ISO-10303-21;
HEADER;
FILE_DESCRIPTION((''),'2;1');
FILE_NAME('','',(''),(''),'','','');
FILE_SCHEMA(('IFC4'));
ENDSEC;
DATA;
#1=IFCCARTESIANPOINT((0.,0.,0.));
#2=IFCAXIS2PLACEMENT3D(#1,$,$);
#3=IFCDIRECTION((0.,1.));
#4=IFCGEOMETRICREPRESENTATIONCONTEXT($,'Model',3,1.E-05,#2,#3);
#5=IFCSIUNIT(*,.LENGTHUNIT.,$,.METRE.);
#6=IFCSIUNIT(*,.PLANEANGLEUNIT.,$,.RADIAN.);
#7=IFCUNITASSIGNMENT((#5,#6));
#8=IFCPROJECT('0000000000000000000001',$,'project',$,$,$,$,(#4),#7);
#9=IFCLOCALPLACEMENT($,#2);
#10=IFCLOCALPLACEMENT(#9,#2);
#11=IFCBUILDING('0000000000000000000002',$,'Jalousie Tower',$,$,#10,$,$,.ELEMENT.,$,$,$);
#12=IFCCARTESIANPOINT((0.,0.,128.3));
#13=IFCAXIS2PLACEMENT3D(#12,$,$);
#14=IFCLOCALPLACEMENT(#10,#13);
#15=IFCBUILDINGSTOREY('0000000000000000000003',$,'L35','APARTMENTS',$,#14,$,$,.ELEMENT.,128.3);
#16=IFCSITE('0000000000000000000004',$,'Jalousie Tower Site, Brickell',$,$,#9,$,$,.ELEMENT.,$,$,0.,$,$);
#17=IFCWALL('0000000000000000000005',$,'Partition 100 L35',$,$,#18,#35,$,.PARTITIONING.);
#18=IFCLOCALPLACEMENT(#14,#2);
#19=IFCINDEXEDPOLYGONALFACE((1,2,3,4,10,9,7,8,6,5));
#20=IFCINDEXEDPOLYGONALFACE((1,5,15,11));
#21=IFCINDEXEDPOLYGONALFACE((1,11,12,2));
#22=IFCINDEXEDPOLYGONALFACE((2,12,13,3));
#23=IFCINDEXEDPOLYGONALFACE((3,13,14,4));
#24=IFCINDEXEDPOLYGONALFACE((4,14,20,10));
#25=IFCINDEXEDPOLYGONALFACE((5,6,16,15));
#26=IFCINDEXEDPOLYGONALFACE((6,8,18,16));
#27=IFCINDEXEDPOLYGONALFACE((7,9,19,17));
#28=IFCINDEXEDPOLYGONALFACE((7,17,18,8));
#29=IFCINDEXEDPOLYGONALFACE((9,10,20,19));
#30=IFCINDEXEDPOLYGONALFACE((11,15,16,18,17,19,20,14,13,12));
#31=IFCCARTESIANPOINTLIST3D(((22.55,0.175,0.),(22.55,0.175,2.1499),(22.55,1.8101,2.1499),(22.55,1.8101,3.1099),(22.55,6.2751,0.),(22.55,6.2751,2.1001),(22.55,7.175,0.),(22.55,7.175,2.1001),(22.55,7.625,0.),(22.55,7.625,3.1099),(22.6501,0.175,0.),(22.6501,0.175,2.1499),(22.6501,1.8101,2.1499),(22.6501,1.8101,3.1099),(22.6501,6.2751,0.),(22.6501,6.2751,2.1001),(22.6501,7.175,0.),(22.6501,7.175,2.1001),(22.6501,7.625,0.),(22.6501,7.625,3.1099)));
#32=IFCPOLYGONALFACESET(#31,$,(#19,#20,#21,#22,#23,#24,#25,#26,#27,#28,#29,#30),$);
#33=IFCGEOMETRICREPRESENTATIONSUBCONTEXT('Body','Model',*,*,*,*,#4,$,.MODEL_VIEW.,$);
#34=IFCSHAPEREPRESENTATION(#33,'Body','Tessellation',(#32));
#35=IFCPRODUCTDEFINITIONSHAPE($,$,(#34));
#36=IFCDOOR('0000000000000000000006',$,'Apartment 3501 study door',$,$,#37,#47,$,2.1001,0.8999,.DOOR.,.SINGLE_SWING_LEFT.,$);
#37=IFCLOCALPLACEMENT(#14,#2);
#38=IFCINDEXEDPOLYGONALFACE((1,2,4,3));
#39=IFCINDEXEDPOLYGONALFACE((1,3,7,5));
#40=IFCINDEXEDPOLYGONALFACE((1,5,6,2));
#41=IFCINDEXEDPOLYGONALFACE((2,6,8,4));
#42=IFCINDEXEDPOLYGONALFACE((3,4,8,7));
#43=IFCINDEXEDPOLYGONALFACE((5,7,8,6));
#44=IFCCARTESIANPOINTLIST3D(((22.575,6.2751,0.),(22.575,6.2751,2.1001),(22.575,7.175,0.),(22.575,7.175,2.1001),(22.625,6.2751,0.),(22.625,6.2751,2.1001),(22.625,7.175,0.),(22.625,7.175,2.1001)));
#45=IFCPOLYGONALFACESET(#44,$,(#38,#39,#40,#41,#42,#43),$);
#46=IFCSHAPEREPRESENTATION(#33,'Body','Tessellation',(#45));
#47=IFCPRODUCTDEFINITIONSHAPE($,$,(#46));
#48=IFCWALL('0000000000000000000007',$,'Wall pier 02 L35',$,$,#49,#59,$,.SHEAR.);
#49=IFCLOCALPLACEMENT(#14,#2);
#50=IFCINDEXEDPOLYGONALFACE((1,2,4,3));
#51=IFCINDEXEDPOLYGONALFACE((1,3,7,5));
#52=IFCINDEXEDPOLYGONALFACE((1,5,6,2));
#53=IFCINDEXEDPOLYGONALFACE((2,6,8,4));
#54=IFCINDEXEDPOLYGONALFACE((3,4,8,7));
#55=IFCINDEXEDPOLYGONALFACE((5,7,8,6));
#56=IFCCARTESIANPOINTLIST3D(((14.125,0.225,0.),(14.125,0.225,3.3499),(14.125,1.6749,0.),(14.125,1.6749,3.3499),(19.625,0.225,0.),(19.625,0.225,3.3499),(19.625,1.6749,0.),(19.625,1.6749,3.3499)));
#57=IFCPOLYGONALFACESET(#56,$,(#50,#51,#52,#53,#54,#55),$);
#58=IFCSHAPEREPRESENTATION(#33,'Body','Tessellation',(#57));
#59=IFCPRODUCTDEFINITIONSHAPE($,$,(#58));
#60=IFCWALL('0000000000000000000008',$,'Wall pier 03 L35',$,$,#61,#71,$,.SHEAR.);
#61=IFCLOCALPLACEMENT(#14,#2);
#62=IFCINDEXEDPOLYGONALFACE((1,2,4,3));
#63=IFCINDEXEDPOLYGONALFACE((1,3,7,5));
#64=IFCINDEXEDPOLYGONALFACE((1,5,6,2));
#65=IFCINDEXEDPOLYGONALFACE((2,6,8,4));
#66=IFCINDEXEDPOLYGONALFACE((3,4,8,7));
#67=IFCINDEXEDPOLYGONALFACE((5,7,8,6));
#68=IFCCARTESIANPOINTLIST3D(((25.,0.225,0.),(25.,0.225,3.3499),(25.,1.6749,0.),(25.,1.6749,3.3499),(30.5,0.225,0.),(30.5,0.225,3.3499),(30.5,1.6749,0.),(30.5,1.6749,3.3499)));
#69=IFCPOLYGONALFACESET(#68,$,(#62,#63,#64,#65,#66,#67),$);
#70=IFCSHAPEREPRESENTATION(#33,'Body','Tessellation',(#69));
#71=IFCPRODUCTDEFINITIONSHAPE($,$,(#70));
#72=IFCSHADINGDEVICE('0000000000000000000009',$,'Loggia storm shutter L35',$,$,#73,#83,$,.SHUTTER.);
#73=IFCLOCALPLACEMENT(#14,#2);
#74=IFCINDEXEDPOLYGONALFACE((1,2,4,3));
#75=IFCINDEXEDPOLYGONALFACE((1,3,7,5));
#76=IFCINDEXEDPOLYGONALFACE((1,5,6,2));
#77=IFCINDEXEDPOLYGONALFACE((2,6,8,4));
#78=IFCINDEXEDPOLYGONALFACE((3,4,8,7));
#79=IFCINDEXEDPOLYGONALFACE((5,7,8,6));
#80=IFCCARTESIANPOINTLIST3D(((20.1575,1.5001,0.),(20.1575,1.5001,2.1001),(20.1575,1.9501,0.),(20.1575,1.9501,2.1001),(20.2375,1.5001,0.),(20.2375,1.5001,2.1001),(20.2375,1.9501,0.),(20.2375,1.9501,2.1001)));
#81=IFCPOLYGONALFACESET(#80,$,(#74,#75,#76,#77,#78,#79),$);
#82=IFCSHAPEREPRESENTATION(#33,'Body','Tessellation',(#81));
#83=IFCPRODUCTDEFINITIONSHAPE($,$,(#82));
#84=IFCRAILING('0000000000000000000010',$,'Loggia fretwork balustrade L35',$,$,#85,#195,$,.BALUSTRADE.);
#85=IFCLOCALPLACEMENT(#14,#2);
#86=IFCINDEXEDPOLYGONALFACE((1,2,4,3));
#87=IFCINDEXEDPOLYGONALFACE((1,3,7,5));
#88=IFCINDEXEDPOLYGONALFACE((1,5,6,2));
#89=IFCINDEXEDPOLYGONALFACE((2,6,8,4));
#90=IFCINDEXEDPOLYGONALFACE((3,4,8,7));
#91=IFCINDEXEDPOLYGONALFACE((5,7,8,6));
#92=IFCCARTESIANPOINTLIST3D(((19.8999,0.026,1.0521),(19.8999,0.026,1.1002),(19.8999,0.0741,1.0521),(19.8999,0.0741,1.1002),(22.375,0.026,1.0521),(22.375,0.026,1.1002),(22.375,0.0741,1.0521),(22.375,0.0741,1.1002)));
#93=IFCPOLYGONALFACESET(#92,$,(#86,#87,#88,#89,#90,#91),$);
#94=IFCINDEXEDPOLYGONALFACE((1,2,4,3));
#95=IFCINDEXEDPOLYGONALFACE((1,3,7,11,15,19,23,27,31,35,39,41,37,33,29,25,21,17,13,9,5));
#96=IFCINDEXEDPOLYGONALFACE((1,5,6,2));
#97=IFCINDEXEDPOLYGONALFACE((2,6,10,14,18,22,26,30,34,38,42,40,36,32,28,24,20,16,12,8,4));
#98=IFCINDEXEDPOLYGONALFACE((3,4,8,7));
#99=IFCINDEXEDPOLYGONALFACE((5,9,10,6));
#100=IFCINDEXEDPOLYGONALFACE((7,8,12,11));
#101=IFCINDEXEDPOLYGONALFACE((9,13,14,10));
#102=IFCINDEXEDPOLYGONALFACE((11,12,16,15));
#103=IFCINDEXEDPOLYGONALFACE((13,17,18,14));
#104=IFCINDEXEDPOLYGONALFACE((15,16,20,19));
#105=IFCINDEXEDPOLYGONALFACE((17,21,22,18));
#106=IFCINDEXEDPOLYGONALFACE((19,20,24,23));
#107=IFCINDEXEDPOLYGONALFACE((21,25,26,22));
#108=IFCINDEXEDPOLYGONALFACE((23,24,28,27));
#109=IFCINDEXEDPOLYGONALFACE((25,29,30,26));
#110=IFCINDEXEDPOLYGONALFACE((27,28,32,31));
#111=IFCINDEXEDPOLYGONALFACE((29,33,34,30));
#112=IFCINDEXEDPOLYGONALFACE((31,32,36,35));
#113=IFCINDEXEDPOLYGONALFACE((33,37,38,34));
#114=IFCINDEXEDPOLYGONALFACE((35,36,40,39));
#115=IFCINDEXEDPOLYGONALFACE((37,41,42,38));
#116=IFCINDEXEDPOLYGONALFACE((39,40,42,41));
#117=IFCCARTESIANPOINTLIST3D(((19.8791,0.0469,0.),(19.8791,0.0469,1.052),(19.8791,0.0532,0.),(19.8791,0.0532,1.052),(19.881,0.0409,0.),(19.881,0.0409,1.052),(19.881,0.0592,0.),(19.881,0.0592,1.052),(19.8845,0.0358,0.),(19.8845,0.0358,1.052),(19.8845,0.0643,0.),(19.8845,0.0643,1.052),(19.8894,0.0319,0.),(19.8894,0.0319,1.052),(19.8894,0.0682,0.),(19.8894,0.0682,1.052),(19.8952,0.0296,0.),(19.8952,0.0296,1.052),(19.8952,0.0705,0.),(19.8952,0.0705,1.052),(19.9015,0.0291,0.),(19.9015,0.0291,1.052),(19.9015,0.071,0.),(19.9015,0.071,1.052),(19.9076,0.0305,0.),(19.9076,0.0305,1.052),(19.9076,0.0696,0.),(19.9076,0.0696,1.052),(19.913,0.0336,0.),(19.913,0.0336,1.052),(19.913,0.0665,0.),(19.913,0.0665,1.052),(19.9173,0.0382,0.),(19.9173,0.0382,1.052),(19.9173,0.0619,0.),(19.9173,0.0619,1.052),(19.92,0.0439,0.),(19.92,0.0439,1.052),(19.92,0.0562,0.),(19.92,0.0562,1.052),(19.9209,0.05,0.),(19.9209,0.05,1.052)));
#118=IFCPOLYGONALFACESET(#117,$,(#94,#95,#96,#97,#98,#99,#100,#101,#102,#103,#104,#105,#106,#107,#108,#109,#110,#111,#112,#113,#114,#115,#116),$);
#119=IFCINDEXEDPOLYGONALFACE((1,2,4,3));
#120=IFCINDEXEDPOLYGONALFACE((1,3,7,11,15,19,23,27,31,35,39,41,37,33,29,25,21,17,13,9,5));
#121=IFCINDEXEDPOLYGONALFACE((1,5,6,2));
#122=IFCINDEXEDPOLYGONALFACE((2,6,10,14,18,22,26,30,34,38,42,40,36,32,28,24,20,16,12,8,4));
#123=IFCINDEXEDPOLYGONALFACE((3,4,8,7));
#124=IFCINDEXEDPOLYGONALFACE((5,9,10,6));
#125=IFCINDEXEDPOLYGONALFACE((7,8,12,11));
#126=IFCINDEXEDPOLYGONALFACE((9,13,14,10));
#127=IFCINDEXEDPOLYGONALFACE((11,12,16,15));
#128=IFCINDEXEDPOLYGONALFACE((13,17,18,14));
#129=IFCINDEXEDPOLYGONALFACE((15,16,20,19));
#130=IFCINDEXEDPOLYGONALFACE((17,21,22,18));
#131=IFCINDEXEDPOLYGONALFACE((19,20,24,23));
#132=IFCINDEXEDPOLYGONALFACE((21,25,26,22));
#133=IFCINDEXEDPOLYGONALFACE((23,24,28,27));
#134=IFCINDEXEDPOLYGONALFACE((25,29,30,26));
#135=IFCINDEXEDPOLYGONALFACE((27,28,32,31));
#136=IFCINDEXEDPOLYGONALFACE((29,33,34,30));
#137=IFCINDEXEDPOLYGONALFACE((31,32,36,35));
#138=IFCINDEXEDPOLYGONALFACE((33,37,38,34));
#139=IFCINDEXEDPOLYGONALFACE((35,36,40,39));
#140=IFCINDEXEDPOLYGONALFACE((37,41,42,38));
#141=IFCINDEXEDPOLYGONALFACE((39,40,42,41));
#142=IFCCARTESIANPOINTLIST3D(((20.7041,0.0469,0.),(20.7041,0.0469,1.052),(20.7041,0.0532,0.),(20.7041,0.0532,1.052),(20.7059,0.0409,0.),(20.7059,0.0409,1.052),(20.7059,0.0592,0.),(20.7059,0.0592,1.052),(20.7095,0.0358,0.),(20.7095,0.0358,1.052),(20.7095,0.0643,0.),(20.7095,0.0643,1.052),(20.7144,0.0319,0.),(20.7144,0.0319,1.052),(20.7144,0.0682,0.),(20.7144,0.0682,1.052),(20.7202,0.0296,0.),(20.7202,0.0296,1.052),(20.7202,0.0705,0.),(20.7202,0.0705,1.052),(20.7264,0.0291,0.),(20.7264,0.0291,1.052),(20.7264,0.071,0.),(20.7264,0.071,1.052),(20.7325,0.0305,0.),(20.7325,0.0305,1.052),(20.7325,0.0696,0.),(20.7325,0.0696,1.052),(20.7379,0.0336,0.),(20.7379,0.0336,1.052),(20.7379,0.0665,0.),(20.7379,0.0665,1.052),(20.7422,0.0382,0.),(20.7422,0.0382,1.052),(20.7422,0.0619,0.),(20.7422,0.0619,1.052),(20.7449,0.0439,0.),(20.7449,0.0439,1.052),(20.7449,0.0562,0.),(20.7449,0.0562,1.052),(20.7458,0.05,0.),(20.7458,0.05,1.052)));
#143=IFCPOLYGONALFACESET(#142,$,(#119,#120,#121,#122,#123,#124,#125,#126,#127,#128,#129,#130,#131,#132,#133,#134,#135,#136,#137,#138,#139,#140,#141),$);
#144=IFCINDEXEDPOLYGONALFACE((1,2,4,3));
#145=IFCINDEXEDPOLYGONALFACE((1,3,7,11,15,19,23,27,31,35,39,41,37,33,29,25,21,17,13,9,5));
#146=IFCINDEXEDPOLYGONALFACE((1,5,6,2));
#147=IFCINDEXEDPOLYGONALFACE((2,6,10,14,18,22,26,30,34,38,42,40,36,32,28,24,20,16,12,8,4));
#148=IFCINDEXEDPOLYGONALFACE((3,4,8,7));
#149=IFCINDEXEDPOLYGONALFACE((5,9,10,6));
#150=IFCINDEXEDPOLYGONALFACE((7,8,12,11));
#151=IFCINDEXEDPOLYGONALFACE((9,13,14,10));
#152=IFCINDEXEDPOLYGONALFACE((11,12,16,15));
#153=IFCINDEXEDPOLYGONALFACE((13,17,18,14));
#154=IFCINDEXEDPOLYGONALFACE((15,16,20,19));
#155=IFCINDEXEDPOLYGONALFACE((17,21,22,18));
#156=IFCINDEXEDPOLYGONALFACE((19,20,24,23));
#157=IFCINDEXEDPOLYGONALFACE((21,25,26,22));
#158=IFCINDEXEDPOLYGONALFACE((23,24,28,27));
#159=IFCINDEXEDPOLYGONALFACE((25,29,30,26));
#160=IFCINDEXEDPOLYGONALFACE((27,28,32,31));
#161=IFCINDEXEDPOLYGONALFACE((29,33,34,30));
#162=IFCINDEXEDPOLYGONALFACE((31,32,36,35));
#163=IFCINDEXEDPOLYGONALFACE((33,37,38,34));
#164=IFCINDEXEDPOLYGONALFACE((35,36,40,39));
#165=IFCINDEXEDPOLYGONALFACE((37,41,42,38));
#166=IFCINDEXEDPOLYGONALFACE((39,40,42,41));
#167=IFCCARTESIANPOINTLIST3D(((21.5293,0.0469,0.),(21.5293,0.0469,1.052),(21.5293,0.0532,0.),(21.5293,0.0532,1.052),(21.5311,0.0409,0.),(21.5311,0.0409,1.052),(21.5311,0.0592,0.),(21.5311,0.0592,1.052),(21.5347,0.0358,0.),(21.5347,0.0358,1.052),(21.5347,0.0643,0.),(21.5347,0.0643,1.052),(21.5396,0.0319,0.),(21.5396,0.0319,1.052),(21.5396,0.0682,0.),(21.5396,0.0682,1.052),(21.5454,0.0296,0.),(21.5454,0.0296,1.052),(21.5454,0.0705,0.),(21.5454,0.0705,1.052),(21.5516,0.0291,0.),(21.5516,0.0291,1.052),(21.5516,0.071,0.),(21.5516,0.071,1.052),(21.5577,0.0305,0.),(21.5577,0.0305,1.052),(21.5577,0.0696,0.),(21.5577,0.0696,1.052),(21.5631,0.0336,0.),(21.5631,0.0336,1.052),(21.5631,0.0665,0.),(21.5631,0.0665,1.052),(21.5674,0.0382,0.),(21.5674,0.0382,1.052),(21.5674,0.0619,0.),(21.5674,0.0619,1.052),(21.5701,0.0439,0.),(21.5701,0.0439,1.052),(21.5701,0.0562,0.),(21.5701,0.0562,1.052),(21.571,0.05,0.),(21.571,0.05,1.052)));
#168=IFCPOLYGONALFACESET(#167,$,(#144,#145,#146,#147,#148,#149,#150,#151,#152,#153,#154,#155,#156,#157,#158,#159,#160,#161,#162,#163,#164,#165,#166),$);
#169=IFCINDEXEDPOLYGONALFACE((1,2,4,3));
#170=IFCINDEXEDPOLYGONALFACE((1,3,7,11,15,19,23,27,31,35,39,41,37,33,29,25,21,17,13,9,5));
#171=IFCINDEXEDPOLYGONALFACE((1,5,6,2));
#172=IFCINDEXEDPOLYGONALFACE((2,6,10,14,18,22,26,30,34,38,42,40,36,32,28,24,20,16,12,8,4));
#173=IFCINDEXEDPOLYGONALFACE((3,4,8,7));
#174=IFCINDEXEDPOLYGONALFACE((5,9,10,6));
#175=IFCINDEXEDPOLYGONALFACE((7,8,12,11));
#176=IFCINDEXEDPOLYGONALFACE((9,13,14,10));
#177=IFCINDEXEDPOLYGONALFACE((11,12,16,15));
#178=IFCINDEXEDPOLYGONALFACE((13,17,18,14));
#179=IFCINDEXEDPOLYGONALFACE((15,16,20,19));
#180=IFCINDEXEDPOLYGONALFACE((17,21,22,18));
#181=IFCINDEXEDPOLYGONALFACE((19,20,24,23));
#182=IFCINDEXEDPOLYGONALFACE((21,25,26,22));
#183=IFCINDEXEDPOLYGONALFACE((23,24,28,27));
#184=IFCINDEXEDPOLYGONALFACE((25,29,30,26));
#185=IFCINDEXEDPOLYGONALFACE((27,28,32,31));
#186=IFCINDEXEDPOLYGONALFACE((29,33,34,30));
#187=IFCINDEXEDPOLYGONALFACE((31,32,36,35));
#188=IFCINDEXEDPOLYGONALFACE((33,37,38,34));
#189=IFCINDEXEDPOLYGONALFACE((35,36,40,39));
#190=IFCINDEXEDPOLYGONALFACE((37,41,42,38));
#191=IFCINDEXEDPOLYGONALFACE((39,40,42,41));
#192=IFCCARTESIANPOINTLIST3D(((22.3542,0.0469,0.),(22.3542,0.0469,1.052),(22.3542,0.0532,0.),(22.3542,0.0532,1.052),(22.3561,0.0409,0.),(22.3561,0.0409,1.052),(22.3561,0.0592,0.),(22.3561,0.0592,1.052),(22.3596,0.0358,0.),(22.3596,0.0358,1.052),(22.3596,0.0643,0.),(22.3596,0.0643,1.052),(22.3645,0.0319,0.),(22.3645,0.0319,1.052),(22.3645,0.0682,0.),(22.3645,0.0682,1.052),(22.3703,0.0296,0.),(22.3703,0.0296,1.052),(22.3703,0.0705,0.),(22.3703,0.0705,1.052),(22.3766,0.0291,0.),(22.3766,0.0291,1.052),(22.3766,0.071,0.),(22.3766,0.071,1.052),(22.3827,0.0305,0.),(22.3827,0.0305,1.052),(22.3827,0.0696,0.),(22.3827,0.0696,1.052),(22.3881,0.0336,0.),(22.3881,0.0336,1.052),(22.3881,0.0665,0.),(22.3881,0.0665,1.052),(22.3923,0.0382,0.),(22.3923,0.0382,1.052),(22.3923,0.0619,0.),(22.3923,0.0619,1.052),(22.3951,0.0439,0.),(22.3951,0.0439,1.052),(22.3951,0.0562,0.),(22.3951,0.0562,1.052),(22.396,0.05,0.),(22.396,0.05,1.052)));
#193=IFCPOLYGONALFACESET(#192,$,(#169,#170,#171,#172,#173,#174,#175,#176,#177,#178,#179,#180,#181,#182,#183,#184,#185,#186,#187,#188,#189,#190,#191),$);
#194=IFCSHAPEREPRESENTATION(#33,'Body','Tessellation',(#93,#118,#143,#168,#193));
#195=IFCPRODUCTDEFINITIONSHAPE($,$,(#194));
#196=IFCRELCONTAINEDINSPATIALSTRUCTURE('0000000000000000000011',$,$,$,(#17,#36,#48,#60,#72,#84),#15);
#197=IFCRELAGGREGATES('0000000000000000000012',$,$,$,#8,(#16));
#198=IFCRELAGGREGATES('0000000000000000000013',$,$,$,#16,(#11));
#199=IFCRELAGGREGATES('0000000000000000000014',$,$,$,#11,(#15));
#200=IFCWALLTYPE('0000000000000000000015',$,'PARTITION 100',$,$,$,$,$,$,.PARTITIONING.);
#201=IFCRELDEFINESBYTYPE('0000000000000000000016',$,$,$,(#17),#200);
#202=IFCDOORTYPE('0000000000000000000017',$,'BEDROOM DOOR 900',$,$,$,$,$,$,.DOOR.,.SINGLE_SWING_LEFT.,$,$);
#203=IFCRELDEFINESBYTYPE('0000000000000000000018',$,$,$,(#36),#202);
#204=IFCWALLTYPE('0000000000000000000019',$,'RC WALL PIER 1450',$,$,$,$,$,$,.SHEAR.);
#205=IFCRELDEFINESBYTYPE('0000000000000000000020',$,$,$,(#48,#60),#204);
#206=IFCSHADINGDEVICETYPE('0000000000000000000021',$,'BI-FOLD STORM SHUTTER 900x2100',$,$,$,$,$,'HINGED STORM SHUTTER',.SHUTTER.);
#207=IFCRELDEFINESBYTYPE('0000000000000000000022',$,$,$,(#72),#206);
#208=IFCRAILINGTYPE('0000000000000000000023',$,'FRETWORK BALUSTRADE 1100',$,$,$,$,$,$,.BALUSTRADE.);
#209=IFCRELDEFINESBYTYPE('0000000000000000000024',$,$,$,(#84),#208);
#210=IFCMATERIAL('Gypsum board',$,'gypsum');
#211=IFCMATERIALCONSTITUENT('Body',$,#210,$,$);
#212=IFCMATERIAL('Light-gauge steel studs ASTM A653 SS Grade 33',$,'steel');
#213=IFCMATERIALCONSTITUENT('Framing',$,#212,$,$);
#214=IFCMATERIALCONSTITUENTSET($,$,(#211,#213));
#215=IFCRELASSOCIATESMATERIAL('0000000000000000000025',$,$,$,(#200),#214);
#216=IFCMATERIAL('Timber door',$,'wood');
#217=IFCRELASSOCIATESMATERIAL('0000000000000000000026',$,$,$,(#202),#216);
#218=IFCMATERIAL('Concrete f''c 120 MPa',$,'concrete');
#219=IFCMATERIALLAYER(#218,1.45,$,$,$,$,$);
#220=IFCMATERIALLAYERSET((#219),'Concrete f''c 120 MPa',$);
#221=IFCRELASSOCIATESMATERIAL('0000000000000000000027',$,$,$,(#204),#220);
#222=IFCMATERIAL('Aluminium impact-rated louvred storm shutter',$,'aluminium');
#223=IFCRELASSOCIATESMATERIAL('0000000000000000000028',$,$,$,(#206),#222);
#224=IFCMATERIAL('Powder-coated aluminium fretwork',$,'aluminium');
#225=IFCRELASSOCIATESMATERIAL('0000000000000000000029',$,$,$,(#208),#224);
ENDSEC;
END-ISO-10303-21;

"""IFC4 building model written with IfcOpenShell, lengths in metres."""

from ifc_helpers import new_model, si_unit, direction, frame, frame_2d, origin, origin_2d, place, context, subcontext, project, spatial, polyline, rectangle, circle, outline, extrude, material, layer, layer_set, constituent, constituent_set, type_object, element, fill, save


model = new_model("IFC4")

# Units and contexts
model_context = context("Model", 3, precision=1e-05, world=origin(), true_north=direction((0.0, 1.0)))
body_context = subcontext(model_context, "Body", "Model", "MODEL_VIEW")
ifc_project = project(units=[si_unit("LENGTHUNIT", "METRE"), si_unit("PLANEANGLEUNIT", "RADIAN")], contexts=[model_context])

# Site, building, storey
site_placement = place(None, origin())
site = spatial("IfcSite", under=ifc_project, at=site_placement, Name="Jalousie Tower Site, Brickell", CompositionType="ELEMENT", RefElevation=0.0)
building_placement = place(site_placement, origin())
building = spatial("IfcBuilding", under=site, at=building_placement, Name="Jalousie Tower", CompositionType="ELEMENT")
storey_placement = place(building_placement, frame((0.0, 0.0, 128.3)))
storey = spatial("IfcBuildingStorey", under=building, at=storey_placement, Name="L35", Description="APARTMENTS", CompositionType="ELEMENT", Elevation=128.3)

# Wall, opening, door
ifc_material_1 = material(Name="Gypsum board", Category="gypsum")
ifc_constituent_1 = constituent(ifc_material_1, Name="Body")
ifc_material_2 = material(Name="Light-gauge steel studs ASTM A653 SS Grade 33", Category="steel")
ifc_constituent_2 = constituent(ifc_material_2, Name="Framing")
ifc_constituent_set_1 = constituent_set(constituents=[ifc_constituent_1, ifc_constituent_2])
wall_type_1 = type_object("IfcWallType", Name="PARTITION 100", PredefinedType="PARTITIONING", material=ifc_constituent_set_1)
ifc_material_3 = material(Name="Timber door", Category="wood")
door_type = type_object("IfcDoorType", Name="BEDROOM DOOR 900", OperationType="SINGLE_SWING_LEFT", PredefinedType="DOOR", material=ifc_material_3)
wall_1_placement = place(storey_placement, frame((22.6001, 0.175, 0.0), z_axis=(0.0, 0.0, 1.0), x_axis=(0.0, 1.0, 0.0)))
wall_1 = element("IfcWall", 1, at=wall_1_placement, inside=storey, type_object=wall_type_1, Name="Partition 100 L35", PredefinedType="PARTITIONING", context=body_context, shape_type="SweptSolid", body=[
    extrude(outline(polyline([(0.0, 0.0), (7.45, 0.0), (7.45, 3.1099), (1.635, 3.1099), (1.635, 2.1499), (0.0, 2.1499), (0.0, 3.1099), (0.0, 0.0)])), frame((0.0, 0.05, 0.0), z_axis=(0.0, -1.0, 0.0), x_axis=(1.0, 0.0, 0.0)), (0.0, 0.0, 1.0), 0.1001),
])
opening_1_placement = place(wall_1_placement, frame((6.1001, 0.0, 0.0)))
opening_1 = element("IfcOpeningElement", 2, at=opening_1_placement, cuts=wall_1, PredefinedType="OPENING", context=body_context, shape_type="SweptSolid", body=[
    extrude(rectangle(XDim=0.8999, YDim=2.1001, at=frame_2d((0.45, 1.05))), frame((0.0, 0.0601, 0.0), z_axis=(0.0, -1.0, 0.0), x_axis=(1.0, 0.0, 0.0)), (0.0, 0.0, 1.0), 0.1201),
])
door_1_placement = place(opening_1_placement, frame((0.8999, 0.0, 0.0), z_axis=(0.0, 0.0, 1.0), x_axis=(-1.0, 0.0, 0.0)))
door_1 = element("IfcDoor", 3, at=door_1_placement, inside=storey, type_object=door_type, Name="Apartment 3501 study door", OperationType="SINGLE_SWING_LEFT", OverallHeight=2.1001, OverallWidth=0.8999, PredefinedType="DOOR", context=body_context, shape_type="SweptSolid", body=[
    extrude(rectangle(XDim=0.8999, YDim=2.1001, at=frame_2d((0.45, 1.05))), frame((0.0, 0.0249, 0.0), z_axis=(0.0, -1.0, 0.0), x_axis=(1.0, 0.0, 0.0)), (0.0, 0.0, 1.0), 0.05),
])
fill(opening_1, door_1)

# Walls
ifc_material_4 = material(Name="Concrete f'c 120 MPa", Category="concrete")
ifc_layer_1 = layer(ifc_material_4, 1.45)
ifc_layer_set_1 = layer_set([ifc_layer_1], Name="Concrete f'c 120 MPa")
wall_type_2 = type_object("IfcWallType", Name="RC WALL PIER 1450", PredefinedType="SHEAR", material=ifc_layer_set_1)
for number, where, z_axis, x_axis, name in (
    (4, (14.125, 0.95, 0.0), (0.0, 0.0, 1.0), (1.0, 0.0, 0.0), "Wall pier 02 L35"),
    (5, (25.0, 0.95, 0.0), (0.0, 0.0, 1.0), (1.0, 0.0, 0.0), "Wall pier 03 L35"),
):
    element("IfcWall", number, at=place(storey_placement, frame(where, z_axis=z_axis, x_axis=x_axis)), inside=storey, type_object=wall_type_2, Name=name, PredefinedType="SHEAR", context=body_context, shape_type="SweptSolid", body=[
        extrude(rectangle(XDim=5.5, YDim=1.45, at=frame_2d((2.75, 0.0))), origin(), (0.0, 0.0, 1.0), 3.3499),
    ])

# Shading device
ifc_material_5 = material(Name="Aluminium impact-rated louvred storm shutter", Category="aluminium")
shading_device_type_1 = type_object("IfcShadingDeviceType", Name="BI-FOLD STORM SHUTTER 900x2100", ElementType="HINGED STORM SHUTTER", PredefinedType="SHUTTER", material=ifc_material_5)
shading_device_placement = place(storey_placement, frame((20.1975, 1.7251, 0.0), z_axis=(0.0, 0.0, 1.0), x_axis=(0.0, 1.0, 0.0)))
element("IfcShadingDevice", 6, at=shading_device_placement, inside=storey, type_object=shading_device_type_1, Name="Loggia storm shutter L35", PredefinedType="SHUTTER", context=body_context, shape_type="SweptSolid", body=[
    extrude(rectangle(XDim=0.45, YDim=0.0801, at=origin_2d()), origin(), (0.0, 0.0, 1.0), 2.1001),
])

# Railing
ifc_material_6 = material(Name="Powder-coated aluminium fretwork", Category="aluminium")
railing_type = type_object("IfcRailingType", Name="FRETWORK BALUSTRADE 1100", PredefinedType="BALUSTRADE", material=ifc_material_6)
railing_placement = place(storey_placement, frame((19.8999, 0.05, 0.0)))
element("IfcRailing", 7, at=railing_placement, inside=storey, type_object=railing_type, Name="Loggia fretwork balustrade L35", PredefinedType="BALUSTRADE", context=body_context, shape_type="SweptSolid", body=[
    extrude(rectangle(XDim=0.0481, YDim=0.0481, at=origin_2d()), frame((0.0, 0.0, 1.0762), z_axis=(1.0, 0.0, 0.0), x_axis=(0.0, 1.0, 0.0)), (0.0, 0.0, 1.0), 2.4751),
    extrude(circle(Radius=0.021, at=origin_2d()), origin(), (0.0, 0.0, 1.0), 1.052),
    extrude(circle(Radius=0.021, at=origin_2d()), frame((0.825, 0.0, 0.0)), (0.0, 0.0, 1.0), 1.052),
    extrude(circle(Radius=0.021, at=origin_2d()), frame((1.6501, 0.0, 0.0)), (0.0, 0.0, 1.0), 1.052),
    extrude(circle(Radius=0.021, at=origin_2d()), frame((2.4751, 0.0, 0.0)), (0.0, 0.0, 1.0), 1.052),
])

save(model, "model.ifc")
